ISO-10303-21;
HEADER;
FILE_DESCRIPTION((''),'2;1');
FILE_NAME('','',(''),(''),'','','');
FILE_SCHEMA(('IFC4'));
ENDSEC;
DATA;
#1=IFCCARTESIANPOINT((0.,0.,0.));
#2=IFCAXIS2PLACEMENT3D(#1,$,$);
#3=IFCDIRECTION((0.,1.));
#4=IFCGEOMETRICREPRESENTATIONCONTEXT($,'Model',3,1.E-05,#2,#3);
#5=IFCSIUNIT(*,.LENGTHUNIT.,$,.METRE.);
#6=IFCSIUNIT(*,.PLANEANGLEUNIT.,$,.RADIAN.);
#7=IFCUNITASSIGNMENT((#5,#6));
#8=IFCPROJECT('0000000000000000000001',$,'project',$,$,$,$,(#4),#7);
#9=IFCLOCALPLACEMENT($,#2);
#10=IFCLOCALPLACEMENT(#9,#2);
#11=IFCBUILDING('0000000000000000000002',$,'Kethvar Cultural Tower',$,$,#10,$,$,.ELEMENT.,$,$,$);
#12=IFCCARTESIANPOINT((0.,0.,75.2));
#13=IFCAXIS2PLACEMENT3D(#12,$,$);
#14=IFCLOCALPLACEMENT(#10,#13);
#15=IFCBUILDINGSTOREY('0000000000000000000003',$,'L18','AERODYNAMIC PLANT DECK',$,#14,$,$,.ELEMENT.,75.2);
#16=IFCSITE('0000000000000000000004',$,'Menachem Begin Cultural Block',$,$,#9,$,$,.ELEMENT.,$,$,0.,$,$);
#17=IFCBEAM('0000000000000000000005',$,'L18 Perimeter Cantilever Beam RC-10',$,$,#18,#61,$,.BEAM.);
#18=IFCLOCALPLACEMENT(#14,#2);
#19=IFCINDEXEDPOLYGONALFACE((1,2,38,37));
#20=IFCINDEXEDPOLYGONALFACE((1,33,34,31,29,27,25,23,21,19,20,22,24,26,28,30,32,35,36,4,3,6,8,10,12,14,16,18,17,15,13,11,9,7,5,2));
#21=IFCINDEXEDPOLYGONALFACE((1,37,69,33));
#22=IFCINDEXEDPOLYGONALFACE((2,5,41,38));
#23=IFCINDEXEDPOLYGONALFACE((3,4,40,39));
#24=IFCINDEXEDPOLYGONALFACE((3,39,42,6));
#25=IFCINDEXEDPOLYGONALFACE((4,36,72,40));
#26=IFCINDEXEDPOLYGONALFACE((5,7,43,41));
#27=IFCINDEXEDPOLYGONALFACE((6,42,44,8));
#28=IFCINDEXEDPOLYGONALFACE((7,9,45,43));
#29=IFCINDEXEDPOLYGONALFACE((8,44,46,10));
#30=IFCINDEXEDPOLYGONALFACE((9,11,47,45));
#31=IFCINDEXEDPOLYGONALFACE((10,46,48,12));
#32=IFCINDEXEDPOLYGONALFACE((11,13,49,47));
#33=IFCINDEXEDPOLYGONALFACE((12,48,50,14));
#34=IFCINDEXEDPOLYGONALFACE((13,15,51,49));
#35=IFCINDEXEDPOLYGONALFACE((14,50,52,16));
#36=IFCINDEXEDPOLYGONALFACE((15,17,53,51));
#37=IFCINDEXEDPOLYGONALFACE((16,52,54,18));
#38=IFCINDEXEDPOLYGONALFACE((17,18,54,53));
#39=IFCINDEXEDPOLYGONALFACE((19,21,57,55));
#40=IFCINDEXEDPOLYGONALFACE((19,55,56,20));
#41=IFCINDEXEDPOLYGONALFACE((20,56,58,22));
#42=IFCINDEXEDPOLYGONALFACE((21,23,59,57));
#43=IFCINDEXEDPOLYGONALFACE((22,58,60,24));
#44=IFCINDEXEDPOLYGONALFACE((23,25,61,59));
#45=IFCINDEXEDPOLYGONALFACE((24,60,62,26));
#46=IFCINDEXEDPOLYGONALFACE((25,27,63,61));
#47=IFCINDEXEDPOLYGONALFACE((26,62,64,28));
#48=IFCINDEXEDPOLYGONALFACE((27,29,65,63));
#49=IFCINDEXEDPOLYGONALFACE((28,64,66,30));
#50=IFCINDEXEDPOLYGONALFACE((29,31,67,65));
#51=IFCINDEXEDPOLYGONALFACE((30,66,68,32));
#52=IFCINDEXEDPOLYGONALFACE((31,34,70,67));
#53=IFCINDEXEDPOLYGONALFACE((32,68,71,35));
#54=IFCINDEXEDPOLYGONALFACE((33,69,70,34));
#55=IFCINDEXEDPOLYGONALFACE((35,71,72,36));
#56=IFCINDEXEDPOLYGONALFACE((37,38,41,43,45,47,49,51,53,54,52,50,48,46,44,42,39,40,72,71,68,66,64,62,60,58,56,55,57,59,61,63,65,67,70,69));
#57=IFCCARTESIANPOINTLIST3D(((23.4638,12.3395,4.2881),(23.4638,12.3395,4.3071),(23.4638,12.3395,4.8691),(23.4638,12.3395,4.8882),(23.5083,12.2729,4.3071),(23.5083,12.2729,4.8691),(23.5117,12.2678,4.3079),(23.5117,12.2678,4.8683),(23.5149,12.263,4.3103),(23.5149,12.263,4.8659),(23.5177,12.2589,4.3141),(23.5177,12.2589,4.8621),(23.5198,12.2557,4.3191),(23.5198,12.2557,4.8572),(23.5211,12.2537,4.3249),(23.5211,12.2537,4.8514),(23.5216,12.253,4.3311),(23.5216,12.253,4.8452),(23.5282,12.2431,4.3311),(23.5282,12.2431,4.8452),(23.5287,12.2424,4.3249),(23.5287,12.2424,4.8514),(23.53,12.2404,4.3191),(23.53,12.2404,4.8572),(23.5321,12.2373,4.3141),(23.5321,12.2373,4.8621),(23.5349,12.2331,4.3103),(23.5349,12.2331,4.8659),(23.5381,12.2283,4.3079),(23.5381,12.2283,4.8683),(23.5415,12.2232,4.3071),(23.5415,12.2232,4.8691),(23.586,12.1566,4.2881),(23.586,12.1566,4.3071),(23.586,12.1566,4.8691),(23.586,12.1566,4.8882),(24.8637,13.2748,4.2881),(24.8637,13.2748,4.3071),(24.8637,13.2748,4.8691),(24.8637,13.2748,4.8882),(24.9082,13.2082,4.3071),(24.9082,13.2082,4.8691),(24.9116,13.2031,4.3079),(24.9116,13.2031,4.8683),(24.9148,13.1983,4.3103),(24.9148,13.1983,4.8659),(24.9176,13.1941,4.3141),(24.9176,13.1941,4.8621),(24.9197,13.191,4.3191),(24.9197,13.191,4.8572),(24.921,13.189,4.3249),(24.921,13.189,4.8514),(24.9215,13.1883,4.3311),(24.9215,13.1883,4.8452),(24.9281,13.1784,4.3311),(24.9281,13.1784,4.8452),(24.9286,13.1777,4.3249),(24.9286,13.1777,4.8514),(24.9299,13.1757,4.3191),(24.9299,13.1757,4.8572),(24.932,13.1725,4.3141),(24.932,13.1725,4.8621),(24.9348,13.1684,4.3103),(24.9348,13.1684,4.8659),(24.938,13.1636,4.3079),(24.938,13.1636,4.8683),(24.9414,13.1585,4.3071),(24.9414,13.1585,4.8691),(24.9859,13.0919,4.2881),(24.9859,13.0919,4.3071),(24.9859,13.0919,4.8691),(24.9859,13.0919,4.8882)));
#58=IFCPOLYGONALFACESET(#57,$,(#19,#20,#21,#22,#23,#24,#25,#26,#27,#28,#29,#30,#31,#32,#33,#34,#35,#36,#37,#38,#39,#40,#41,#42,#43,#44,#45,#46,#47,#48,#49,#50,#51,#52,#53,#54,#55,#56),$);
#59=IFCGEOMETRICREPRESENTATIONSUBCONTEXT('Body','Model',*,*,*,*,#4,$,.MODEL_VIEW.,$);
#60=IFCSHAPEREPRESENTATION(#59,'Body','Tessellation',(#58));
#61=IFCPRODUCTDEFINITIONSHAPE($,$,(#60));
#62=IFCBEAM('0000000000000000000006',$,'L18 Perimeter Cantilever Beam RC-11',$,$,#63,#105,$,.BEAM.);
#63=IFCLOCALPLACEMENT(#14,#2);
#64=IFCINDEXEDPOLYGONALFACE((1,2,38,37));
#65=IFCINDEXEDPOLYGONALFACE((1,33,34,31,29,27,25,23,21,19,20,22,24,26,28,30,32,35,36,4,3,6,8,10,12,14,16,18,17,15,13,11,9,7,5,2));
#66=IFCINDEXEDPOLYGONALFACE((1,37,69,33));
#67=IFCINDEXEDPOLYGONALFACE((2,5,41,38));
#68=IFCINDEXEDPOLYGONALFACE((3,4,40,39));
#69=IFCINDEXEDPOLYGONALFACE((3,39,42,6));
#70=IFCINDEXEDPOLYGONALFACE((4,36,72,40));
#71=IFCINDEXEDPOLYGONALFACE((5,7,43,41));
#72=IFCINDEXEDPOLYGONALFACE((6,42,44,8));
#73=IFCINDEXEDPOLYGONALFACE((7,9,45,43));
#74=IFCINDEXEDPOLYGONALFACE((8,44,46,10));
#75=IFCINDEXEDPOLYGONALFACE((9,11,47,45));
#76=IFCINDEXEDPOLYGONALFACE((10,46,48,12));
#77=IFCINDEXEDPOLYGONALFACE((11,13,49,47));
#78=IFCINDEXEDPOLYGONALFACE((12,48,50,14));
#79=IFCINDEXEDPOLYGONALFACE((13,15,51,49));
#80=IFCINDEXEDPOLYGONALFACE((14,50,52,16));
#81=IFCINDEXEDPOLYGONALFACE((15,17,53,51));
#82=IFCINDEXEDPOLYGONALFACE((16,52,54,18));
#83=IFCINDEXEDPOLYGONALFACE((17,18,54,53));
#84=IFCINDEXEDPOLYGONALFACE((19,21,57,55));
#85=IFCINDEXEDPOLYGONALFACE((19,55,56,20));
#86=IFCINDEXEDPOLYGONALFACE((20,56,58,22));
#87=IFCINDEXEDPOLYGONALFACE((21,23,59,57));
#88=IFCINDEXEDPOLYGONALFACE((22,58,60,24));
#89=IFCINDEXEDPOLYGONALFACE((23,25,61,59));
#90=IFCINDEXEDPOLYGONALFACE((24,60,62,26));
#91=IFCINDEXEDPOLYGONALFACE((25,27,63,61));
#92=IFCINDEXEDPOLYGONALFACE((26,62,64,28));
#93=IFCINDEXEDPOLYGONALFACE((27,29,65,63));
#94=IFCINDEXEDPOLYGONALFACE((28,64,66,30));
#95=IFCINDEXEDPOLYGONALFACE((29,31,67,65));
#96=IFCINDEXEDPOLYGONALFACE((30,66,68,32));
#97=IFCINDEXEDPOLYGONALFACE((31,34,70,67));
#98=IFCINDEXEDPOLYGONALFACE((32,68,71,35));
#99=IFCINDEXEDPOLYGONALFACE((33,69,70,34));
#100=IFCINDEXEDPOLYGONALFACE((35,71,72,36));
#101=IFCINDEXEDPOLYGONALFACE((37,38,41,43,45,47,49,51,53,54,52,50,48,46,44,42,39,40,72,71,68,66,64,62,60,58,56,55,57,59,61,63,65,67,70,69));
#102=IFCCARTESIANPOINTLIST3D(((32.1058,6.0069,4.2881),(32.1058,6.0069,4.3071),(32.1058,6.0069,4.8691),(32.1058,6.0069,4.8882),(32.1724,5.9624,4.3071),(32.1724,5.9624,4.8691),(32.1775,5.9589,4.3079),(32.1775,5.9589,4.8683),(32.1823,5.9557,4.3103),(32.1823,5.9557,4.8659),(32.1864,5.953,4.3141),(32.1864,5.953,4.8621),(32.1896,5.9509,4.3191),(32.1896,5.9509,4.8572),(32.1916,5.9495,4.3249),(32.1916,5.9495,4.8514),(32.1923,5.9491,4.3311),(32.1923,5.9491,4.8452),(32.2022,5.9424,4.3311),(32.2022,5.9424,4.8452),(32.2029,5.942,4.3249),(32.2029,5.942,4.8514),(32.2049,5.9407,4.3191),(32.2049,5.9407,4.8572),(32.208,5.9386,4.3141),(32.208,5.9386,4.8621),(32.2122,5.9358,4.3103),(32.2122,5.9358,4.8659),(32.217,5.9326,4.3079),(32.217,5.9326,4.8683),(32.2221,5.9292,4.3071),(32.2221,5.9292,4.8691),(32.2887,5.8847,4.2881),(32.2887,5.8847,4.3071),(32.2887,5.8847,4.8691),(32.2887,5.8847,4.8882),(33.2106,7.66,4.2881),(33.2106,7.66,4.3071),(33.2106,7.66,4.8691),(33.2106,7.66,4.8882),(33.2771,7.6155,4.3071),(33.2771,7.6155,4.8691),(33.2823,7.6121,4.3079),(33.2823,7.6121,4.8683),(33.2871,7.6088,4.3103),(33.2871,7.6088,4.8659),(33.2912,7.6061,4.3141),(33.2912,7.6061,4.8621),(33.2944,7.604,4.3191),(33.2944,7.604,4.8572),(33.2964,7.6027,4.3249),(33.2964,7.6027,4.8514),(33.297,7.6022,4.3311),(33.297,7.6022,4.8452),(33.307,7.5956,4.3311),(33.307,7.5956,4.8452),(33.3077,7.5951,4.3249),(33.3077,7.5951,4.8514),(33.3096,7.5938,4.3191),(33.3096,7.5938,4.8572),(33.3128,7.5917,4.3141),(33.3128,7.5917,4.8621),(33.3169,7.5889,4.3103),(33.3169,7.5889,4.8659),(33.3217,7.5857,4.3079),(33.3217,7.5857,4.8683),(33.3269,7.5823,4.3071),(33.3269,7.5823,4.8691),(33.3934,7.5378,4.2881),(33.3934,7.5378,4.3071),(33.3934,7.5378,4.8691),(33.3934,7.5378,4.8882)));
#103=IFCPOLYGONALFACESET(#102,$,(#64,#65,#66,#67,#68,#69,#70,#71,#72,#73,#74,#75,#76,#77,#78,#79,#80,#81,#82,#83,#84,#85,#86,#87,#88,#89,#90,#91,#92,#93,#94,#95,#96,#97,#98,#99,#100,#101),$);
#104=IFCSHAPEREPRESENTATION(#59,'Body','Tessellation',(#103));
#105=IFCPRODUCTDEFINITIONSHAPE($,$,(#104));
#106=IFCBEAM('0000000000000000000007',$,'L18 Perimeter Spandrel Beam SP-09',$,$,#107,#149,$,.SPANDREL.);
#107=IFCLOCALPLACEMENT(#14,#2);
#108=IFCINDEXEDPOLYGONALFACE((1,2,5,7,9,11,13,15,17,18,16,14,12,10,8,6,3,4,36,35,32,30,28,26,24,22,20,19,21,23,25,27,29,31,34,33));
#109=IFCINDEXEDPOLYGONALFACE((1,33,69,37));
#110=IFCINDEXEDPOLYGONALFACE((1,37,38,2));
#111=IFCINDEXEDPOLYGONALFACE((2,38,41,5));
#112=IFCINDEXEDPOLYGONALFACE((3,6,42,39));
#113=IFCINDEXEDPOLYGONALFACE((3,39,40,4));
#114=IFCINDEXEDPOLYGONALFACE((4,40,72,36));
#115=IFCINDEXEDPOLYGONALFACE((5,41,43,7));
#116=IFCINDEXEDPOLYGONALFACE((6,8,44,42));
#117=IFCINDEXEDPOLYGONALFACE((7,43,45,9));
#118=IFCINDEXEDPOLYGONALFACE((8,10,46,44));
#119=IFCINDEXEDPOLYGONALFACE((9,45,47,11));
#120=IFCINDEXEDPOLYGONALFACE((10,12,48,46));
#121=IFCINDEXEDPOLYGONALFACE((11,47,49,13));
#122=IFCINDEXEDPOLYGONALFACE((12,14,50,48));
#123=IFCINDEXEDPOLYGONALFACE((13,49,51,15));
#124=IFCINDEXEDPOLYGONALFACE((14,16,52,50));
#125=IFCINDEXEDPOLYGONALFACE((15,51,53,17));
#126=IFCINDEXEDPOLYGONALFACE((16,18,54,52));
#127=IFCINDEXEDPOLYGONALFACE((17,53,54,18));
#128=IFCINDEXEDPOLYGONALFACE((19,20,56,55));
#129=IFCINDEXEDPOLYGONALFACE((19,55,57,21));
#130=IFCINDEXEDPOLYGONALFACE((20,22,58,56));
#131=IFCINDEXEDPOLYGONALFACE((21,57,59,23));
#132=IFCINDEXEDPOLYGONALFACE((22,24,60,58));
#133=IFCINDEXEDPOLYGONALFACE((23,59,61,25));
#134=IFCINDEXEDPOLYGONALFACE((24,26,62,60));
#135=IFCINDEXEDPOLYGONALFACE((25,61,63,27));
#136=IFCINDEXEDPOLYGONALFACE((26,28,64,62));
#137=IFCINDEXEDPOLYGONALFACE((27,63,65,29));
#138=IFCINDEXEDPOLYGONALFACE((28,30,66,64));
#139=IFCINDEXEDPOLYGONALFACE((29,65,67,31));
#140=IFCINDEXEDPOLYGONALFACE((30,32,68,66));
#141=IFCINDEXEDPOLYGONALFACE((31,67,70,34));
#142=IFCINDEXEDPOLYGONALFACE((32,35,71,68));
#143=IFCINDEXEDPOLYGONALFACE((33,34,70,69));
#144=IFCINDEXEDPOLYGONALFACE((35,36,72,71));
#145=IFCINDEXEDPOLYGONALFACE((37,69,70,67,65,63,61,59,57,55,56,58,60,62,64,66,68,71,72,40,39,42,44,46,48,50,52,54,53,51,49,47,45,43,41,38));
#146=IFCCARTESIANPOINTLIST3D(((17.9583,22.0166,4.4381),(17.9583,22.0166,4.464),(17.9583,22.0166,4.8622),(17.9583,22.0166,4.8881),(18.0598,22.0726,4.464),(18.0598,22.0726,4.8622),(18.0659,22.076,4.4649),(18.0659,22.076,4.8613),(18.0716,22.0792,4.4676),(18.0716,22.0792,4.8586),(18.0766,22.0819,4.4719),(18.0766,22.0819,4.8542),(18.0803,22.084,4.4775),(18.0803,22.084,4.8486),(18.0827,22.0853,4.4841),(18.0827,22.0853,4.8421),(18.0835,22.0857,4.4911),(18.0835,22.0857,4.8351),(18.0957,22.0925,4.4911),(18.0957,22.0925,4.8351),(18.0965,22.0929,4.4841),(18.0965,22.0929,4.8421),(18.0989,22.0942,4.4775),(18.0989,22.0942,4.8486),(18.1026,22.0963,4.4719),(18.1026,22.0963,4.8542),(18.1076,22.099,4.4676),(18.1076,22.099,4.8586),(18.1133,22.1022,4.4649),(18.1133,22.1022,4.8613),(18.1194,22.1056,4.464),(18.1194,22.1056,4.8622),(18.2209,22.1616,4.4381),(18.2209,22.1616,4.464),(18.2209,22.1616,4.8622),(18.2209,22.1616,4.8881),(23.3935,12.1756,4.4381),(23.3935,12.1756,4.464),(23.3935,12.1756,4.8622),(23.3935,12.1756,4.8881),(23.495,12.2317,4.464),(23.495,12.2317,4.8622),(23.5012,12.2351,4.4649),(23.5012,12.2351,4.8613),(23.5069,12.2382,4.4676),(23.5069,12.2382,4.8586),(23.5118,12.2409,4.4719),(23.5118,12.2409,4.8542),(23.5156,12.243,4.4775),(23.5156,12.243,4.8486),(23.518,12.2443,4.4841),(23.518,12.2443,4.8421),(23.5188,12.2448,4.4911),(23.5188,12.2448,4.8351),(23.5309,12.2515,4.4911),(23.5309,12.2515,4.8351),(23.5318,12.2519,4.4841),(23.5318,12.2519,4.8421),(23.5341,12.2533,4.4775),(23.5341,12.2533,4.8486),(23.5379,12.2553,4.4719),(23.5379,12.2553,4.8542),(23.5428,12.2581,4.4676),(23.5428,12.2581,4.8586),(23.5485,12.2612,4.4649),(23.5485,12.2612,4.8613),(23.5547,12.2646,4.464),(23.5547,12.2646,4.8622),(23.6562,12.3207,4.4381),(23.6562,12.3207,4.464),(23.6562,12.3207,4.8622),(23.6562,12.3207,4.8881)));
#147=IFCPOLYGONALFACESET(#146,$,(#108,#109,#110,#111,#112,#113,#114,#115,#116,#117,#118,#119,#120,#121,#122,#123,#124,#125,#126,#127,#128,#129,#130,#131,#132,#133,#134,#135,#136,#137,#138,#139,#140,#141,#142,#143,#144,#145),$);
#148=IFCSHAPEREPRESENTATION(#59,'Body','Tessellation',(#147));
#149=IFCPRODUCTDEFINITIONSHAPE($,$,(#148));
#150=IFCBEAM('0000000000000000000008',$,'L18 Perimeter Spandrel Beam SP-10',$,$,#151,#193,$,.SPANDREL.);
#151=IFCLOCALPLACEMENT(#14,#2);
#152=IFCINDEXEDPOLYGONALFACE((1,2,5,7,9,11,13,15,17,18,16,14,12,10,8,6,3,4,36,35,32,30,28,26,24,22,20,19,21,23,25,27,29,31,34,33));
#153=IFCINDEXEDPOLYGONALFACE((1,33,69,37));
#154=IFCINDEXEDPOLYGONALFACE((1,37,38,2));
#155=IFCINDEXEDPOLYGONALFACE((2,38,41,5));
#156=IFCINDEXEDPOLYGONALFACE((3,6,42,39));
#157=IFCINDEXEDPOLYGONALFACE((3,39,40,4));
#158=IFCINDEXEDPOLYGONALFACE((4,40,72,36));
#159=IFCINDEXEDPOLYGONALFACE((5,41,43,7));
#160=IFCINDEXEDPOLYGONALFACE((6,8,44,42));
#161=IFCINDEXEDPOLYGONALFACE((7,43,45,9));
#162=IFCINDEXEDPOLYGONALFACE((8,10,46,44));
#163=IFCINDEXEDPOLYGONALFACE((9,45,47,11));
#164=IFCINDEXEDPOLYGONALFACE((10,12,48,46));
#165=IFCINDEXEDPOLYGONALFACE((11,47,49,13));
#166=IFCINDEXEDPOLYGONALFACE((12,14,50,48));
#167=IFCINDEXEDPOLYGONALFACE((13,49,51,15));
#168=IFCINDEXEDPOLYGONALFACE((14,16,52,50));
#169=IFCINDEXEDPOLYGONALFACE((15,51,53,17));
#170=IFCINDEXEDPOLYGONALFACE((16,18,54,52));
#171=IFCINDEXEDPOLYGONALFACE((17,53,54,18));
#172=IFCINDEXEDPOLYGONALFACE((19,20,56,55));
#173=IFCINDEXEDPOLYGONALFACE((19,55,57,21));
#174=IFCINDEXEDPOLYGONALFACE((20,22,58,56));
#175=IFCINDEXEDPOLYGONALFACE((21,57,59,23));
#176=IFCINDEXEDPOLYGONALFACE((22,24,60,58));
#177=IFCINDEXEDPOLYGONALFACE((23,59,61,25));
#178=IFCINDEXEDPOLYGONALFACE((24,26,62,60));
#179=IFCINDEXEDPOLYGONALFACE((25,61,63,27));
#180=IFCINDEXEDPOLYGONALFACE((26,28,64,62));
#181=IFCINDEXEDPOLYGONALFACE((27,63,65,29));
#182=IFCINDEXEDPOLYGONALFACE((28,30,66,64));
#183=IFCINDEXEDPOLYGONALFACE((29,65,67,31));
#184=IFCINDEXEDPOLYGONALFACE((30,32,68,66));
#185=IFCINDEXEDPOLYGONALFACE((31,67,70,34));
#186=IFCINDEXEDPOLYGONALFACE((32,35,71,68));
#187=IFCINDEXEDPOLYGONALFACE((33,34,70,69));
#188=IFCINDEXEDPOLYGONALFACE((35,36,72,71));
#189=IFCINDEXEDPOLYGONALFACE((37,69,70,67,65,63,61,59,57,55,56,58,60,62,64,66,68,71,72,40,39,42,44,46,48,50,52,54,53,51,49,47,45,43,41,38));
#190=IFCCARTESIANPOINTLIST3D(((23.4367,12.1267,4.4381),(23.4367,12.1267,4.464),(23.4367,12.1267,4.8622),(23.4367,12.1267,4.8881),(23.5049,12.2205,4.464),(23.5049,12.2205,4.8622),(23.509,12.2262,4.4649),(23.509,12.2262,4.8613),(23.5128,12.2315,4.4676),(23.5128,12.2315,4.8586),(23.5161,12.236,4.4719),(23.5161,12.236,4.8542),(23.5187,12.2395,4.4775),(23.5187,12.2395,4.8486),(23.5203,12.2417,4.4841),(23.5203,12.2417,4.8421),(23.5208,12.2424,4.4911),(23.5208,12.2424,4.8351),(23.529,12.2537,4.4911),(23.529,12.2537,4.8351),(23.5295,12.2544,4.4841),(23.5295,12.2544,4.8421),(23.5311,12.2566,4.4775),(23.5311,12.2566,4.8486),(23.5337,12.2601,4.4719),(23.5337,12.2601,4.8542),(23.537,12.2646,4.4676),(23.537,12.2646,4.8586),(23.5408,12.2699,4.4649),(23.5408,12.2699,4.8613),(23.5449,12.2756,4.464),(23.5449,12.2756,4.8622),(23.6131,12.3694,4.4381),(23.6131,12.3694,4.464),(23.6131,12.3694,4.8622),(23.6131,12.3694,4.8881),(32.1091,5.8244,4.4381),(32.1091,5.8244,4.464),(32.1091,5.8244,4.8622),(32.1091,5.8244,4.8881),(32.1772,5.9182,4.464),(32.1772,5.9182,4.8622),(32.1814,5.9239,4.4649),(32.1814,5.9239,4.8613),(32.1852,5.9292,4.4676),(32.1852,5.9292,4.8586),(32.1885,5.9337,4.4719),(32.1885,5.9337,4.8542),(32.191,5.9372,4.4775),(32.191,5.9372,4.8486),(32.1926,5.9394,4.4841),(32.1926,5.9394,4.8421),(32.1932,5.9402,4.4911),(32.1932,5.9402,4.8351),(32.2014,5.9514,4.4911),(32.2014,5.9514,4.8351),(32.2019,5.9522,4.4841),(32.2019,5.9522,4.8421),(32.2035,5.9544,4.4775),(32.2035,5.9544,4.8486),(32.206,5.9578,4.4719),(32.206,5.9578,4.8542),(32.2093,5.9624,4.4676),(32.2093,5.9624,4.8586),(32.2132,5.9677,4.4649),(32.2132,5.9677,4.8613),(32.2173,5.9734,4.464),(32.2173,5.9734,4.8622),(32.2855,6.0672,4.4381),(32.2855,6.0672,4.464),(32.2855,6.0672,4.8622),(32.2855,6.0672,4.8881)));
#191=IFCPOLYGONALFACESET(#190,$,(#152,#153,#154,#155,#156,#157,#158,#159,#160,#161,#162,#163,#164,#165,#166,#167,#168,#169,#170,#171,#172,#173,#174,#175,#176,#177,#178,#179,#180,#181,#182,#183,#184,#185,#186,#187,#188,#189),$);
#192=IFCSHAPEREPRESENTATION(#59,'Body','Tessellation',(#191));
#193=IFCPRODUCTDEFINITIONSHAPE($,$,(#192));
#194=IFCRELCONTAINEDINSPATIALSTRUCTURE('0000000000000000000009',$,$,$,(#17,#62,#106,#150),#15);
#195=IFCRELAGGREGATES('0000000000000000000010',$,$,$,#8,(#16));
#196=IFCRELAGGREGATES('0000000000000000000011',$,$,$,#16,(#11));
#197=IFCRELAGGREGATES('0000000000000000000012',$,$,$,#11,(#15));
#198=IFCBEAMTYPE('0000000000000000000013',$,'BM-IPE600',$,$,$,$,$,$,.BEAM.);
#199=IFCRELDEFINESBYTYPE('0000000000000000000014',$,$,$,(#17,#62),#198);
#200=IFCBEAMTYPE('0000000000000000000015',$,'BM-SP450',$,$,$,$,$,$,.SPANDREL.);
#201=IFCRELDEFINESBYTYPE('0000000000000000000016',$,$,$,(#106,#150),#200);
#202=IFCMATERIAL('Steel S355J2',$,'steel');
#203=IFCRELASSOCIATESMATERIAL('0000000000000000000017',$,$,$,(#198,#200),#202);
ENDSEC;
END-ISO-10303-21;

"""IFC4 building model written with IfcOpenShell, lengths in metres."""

from ifc_helpers import new_model, si_unit, direction, frame, origin, origin_2d, place, context, subcontext, project, spatial, i_section, extrude, source, transform, mapped, material, material_profile, profile_set, type_object, element, save


model = new_model("IFC4")

# Units and contexts
model_context = context("Model", 3, precision=1e-05, world=origin(), true_north=direction((0.0, 1.0)))
body_context = subcontext(model_context, "Body", "Model", "MODEL_VIEW")
ifc_project = project(units=[si_unit("LENGTHUNIT", "METRE"), si_unit("PLANEANGLEUNIT", "RADIAN")], contexts=[model_context])

# Site, building, storey
site_placement = place(None, origin())
site = spatial("IfcSite", under=ifc_project, at=site_placement, Name="Menachem Begin Cultural Block", CompositionType="ELEMENT", RefElevation=0.0)
building_placement = place(site_placement, origin())
building = spatial("IfcBuilding", under=site, at=building_placement, Name="Kethvar Cultural Tower", CompositionType="ELEMENT")
storey_placement = place(building_placement, frame((0.0, 0.0, 75.2)))
storey = spatial("IfcBuildingStorey", under=building, at=storey_placement, Name="L18", Description="AERODYNAMIC PLANT DECK", CompositionType="ELEMENT", Elevation=75.2)

# Beams
ifc_material_1 = material(Name="Steel S355J2", Category="steel")
ifc_material_profile_1 = material_profile(ifc_material_1, i_section(OverallWidth=0.22, OverallDepth=0.6001, WebThickness=0.012, FlangeThickness=0.019, FilletRadius=0.0239, at=origin_2d()), Name="Steel S355J2 — IPE600")
ifc_profile_set_1 = profile_set([ifc_material_profile_1], Name="Steel S355J2 — IPE600")
beam_type_1 = type_object("IfcBeamType", Name="BM-IPE600", PredefinedType="BEAM", material=ifc_profile_set_1)
shared_shape_1 = source(origin(), body_context, "Body", "SweptSolid", [
    extrude(i_section(OverallWidth=0.22, OverallDepth=0.6001, WebThickness=0.012, FlangeThickness=0.019, FilletRadius=0.0239, at=origin_2d()), origin(), (0.0, 0.0, 1.0), 1.6836),
])
beam_1_placement = place(storey_placement, frame((24.9248, 13.1833, 4.5881), z_axis=(-0.831492, -0.555537, 0.0), x_axis=(0.555537, -0.831492, 0.0)))
element("IfcBeam", 1, at=beam_1_placement, inside=storey, type_object=beam_type_1, Name="L18 Perimeter Cantilever Beam RC-10", PredefinedType="BEAM", context=body_context, shape_type="MappedRepresentation", body=[
    mapped(shared_shape_1, transform((0.0, 0.0, 0.0), scale=1.0)),
])
shared_shape_2 = source(origin(), body_context, "Body", "SweptSolid", [
    extrude(i_section(OverallWidth=0.22, OverallDepth=0.6001, WebThickness=0.012, FlangeThickness=0.019, FilletRadius=0.0239, at=origin_2d()), origin(), (0.0, 0.0, 1.0), 1.9883),
])
beam_2_placement = place(storey_placement, frame((33.302, 7.5989, 4.5881), z_axis=(-0.555635, -0.831426, 0.0), x_axis=(0.831426, -0.555635, 0.0)))
element("IfcBeam", 2, at=beam_2_placement, inside=storey, type_object=beam_type_1, Name="L18 Perimeter Cantilever Beam RC-11", PredefinedType="BEAM", context=body_context, shape_type="MappedRepresentation", body=[
    mapped(shared_shape_2, transform((0.0, 0.0, 0.0), scale=1.0)),
])
ifc_material_profile_2 = material_profile(ifc_material_1, i_section(OverallWidth=0.3, OverallDepth=0.45, WebThickness=0.0139, FlangeThickness=0.0259, FilletRadius=0.0271, at=origin_2d()), Name="Steel S355J2 — HEB450")
ifc_profile_set_2 = profile_set([ifc_material_profile_2], Name="Steel S355J2 — HEB450")
beam_type_2 = type_object("IfcBeamType", Name="BM-SP450", PredefinedType="SPANDREL", material=ifc_profile_set_2)
shared_shape_3 = source(origin(), body_context, "Body", "SweptSolid", [
    extrude(i_section(OverallWidth=0.3, OverallDepth=0.45, WebThickness=0.0139, FlangeThickness=0.0259, FilletRadius=0.0271, at=origin_2d()), origin(), (0.0, 0.0, 1.0), 11.2422),
])
beam_3_placement = place(storey_placement, frame((18.0896, 22.0891, 4.6631), z_axis=(0.483469, -0.875361, 0.0), x_axis=(0.875361, 0.483469, 0.0)))
element("IfcBeam", 3, at=beam_3_placement, inside=storey, type_object=beam_type_2, Name="L18 Perimeter Spandrel Beam SP-09", PredefinedType="SPANDREL", context=body_context, shape_type="MappedRepresentation", body=[
    mapped(shared_shape_3, transform((0.0, 0.0, 0.0), scale=1.0)),
])
shared_shape_4 = source(origin(), body_context, "Body", "SweptSolid", [
    extrude(i_section(OverallWidth=0.3, OverallDepth=0.45, WebThickness=0.0139, FlangeThickness=0.0259, FilletRadius=0.0271, at=origin_2d()), origin(), (0.0, 0.0, 1.0), 10.7205),
])
beam_4_placement = place(storey_placement, frame((23.5249, 12.248, 4.6631), z_axis=(0.808955, -0.587871, 0.0), x_axis=(0.587871, 0.808955, 0.0)))
element("IfcBeam", 4, at=beam_4_placement, inside=storey, type_object=beam_type_2, Name="L18 Perimeter Spandrel Beam SP-10", PredefinedType="SPANDREL", context=body_context, shape_type="MappedRepresentation", body=[
    mapped(shared_shape_4, transform((0.0, 0.0, 0.0), scale=1.0)),
])

save(model, "model.ifc")
